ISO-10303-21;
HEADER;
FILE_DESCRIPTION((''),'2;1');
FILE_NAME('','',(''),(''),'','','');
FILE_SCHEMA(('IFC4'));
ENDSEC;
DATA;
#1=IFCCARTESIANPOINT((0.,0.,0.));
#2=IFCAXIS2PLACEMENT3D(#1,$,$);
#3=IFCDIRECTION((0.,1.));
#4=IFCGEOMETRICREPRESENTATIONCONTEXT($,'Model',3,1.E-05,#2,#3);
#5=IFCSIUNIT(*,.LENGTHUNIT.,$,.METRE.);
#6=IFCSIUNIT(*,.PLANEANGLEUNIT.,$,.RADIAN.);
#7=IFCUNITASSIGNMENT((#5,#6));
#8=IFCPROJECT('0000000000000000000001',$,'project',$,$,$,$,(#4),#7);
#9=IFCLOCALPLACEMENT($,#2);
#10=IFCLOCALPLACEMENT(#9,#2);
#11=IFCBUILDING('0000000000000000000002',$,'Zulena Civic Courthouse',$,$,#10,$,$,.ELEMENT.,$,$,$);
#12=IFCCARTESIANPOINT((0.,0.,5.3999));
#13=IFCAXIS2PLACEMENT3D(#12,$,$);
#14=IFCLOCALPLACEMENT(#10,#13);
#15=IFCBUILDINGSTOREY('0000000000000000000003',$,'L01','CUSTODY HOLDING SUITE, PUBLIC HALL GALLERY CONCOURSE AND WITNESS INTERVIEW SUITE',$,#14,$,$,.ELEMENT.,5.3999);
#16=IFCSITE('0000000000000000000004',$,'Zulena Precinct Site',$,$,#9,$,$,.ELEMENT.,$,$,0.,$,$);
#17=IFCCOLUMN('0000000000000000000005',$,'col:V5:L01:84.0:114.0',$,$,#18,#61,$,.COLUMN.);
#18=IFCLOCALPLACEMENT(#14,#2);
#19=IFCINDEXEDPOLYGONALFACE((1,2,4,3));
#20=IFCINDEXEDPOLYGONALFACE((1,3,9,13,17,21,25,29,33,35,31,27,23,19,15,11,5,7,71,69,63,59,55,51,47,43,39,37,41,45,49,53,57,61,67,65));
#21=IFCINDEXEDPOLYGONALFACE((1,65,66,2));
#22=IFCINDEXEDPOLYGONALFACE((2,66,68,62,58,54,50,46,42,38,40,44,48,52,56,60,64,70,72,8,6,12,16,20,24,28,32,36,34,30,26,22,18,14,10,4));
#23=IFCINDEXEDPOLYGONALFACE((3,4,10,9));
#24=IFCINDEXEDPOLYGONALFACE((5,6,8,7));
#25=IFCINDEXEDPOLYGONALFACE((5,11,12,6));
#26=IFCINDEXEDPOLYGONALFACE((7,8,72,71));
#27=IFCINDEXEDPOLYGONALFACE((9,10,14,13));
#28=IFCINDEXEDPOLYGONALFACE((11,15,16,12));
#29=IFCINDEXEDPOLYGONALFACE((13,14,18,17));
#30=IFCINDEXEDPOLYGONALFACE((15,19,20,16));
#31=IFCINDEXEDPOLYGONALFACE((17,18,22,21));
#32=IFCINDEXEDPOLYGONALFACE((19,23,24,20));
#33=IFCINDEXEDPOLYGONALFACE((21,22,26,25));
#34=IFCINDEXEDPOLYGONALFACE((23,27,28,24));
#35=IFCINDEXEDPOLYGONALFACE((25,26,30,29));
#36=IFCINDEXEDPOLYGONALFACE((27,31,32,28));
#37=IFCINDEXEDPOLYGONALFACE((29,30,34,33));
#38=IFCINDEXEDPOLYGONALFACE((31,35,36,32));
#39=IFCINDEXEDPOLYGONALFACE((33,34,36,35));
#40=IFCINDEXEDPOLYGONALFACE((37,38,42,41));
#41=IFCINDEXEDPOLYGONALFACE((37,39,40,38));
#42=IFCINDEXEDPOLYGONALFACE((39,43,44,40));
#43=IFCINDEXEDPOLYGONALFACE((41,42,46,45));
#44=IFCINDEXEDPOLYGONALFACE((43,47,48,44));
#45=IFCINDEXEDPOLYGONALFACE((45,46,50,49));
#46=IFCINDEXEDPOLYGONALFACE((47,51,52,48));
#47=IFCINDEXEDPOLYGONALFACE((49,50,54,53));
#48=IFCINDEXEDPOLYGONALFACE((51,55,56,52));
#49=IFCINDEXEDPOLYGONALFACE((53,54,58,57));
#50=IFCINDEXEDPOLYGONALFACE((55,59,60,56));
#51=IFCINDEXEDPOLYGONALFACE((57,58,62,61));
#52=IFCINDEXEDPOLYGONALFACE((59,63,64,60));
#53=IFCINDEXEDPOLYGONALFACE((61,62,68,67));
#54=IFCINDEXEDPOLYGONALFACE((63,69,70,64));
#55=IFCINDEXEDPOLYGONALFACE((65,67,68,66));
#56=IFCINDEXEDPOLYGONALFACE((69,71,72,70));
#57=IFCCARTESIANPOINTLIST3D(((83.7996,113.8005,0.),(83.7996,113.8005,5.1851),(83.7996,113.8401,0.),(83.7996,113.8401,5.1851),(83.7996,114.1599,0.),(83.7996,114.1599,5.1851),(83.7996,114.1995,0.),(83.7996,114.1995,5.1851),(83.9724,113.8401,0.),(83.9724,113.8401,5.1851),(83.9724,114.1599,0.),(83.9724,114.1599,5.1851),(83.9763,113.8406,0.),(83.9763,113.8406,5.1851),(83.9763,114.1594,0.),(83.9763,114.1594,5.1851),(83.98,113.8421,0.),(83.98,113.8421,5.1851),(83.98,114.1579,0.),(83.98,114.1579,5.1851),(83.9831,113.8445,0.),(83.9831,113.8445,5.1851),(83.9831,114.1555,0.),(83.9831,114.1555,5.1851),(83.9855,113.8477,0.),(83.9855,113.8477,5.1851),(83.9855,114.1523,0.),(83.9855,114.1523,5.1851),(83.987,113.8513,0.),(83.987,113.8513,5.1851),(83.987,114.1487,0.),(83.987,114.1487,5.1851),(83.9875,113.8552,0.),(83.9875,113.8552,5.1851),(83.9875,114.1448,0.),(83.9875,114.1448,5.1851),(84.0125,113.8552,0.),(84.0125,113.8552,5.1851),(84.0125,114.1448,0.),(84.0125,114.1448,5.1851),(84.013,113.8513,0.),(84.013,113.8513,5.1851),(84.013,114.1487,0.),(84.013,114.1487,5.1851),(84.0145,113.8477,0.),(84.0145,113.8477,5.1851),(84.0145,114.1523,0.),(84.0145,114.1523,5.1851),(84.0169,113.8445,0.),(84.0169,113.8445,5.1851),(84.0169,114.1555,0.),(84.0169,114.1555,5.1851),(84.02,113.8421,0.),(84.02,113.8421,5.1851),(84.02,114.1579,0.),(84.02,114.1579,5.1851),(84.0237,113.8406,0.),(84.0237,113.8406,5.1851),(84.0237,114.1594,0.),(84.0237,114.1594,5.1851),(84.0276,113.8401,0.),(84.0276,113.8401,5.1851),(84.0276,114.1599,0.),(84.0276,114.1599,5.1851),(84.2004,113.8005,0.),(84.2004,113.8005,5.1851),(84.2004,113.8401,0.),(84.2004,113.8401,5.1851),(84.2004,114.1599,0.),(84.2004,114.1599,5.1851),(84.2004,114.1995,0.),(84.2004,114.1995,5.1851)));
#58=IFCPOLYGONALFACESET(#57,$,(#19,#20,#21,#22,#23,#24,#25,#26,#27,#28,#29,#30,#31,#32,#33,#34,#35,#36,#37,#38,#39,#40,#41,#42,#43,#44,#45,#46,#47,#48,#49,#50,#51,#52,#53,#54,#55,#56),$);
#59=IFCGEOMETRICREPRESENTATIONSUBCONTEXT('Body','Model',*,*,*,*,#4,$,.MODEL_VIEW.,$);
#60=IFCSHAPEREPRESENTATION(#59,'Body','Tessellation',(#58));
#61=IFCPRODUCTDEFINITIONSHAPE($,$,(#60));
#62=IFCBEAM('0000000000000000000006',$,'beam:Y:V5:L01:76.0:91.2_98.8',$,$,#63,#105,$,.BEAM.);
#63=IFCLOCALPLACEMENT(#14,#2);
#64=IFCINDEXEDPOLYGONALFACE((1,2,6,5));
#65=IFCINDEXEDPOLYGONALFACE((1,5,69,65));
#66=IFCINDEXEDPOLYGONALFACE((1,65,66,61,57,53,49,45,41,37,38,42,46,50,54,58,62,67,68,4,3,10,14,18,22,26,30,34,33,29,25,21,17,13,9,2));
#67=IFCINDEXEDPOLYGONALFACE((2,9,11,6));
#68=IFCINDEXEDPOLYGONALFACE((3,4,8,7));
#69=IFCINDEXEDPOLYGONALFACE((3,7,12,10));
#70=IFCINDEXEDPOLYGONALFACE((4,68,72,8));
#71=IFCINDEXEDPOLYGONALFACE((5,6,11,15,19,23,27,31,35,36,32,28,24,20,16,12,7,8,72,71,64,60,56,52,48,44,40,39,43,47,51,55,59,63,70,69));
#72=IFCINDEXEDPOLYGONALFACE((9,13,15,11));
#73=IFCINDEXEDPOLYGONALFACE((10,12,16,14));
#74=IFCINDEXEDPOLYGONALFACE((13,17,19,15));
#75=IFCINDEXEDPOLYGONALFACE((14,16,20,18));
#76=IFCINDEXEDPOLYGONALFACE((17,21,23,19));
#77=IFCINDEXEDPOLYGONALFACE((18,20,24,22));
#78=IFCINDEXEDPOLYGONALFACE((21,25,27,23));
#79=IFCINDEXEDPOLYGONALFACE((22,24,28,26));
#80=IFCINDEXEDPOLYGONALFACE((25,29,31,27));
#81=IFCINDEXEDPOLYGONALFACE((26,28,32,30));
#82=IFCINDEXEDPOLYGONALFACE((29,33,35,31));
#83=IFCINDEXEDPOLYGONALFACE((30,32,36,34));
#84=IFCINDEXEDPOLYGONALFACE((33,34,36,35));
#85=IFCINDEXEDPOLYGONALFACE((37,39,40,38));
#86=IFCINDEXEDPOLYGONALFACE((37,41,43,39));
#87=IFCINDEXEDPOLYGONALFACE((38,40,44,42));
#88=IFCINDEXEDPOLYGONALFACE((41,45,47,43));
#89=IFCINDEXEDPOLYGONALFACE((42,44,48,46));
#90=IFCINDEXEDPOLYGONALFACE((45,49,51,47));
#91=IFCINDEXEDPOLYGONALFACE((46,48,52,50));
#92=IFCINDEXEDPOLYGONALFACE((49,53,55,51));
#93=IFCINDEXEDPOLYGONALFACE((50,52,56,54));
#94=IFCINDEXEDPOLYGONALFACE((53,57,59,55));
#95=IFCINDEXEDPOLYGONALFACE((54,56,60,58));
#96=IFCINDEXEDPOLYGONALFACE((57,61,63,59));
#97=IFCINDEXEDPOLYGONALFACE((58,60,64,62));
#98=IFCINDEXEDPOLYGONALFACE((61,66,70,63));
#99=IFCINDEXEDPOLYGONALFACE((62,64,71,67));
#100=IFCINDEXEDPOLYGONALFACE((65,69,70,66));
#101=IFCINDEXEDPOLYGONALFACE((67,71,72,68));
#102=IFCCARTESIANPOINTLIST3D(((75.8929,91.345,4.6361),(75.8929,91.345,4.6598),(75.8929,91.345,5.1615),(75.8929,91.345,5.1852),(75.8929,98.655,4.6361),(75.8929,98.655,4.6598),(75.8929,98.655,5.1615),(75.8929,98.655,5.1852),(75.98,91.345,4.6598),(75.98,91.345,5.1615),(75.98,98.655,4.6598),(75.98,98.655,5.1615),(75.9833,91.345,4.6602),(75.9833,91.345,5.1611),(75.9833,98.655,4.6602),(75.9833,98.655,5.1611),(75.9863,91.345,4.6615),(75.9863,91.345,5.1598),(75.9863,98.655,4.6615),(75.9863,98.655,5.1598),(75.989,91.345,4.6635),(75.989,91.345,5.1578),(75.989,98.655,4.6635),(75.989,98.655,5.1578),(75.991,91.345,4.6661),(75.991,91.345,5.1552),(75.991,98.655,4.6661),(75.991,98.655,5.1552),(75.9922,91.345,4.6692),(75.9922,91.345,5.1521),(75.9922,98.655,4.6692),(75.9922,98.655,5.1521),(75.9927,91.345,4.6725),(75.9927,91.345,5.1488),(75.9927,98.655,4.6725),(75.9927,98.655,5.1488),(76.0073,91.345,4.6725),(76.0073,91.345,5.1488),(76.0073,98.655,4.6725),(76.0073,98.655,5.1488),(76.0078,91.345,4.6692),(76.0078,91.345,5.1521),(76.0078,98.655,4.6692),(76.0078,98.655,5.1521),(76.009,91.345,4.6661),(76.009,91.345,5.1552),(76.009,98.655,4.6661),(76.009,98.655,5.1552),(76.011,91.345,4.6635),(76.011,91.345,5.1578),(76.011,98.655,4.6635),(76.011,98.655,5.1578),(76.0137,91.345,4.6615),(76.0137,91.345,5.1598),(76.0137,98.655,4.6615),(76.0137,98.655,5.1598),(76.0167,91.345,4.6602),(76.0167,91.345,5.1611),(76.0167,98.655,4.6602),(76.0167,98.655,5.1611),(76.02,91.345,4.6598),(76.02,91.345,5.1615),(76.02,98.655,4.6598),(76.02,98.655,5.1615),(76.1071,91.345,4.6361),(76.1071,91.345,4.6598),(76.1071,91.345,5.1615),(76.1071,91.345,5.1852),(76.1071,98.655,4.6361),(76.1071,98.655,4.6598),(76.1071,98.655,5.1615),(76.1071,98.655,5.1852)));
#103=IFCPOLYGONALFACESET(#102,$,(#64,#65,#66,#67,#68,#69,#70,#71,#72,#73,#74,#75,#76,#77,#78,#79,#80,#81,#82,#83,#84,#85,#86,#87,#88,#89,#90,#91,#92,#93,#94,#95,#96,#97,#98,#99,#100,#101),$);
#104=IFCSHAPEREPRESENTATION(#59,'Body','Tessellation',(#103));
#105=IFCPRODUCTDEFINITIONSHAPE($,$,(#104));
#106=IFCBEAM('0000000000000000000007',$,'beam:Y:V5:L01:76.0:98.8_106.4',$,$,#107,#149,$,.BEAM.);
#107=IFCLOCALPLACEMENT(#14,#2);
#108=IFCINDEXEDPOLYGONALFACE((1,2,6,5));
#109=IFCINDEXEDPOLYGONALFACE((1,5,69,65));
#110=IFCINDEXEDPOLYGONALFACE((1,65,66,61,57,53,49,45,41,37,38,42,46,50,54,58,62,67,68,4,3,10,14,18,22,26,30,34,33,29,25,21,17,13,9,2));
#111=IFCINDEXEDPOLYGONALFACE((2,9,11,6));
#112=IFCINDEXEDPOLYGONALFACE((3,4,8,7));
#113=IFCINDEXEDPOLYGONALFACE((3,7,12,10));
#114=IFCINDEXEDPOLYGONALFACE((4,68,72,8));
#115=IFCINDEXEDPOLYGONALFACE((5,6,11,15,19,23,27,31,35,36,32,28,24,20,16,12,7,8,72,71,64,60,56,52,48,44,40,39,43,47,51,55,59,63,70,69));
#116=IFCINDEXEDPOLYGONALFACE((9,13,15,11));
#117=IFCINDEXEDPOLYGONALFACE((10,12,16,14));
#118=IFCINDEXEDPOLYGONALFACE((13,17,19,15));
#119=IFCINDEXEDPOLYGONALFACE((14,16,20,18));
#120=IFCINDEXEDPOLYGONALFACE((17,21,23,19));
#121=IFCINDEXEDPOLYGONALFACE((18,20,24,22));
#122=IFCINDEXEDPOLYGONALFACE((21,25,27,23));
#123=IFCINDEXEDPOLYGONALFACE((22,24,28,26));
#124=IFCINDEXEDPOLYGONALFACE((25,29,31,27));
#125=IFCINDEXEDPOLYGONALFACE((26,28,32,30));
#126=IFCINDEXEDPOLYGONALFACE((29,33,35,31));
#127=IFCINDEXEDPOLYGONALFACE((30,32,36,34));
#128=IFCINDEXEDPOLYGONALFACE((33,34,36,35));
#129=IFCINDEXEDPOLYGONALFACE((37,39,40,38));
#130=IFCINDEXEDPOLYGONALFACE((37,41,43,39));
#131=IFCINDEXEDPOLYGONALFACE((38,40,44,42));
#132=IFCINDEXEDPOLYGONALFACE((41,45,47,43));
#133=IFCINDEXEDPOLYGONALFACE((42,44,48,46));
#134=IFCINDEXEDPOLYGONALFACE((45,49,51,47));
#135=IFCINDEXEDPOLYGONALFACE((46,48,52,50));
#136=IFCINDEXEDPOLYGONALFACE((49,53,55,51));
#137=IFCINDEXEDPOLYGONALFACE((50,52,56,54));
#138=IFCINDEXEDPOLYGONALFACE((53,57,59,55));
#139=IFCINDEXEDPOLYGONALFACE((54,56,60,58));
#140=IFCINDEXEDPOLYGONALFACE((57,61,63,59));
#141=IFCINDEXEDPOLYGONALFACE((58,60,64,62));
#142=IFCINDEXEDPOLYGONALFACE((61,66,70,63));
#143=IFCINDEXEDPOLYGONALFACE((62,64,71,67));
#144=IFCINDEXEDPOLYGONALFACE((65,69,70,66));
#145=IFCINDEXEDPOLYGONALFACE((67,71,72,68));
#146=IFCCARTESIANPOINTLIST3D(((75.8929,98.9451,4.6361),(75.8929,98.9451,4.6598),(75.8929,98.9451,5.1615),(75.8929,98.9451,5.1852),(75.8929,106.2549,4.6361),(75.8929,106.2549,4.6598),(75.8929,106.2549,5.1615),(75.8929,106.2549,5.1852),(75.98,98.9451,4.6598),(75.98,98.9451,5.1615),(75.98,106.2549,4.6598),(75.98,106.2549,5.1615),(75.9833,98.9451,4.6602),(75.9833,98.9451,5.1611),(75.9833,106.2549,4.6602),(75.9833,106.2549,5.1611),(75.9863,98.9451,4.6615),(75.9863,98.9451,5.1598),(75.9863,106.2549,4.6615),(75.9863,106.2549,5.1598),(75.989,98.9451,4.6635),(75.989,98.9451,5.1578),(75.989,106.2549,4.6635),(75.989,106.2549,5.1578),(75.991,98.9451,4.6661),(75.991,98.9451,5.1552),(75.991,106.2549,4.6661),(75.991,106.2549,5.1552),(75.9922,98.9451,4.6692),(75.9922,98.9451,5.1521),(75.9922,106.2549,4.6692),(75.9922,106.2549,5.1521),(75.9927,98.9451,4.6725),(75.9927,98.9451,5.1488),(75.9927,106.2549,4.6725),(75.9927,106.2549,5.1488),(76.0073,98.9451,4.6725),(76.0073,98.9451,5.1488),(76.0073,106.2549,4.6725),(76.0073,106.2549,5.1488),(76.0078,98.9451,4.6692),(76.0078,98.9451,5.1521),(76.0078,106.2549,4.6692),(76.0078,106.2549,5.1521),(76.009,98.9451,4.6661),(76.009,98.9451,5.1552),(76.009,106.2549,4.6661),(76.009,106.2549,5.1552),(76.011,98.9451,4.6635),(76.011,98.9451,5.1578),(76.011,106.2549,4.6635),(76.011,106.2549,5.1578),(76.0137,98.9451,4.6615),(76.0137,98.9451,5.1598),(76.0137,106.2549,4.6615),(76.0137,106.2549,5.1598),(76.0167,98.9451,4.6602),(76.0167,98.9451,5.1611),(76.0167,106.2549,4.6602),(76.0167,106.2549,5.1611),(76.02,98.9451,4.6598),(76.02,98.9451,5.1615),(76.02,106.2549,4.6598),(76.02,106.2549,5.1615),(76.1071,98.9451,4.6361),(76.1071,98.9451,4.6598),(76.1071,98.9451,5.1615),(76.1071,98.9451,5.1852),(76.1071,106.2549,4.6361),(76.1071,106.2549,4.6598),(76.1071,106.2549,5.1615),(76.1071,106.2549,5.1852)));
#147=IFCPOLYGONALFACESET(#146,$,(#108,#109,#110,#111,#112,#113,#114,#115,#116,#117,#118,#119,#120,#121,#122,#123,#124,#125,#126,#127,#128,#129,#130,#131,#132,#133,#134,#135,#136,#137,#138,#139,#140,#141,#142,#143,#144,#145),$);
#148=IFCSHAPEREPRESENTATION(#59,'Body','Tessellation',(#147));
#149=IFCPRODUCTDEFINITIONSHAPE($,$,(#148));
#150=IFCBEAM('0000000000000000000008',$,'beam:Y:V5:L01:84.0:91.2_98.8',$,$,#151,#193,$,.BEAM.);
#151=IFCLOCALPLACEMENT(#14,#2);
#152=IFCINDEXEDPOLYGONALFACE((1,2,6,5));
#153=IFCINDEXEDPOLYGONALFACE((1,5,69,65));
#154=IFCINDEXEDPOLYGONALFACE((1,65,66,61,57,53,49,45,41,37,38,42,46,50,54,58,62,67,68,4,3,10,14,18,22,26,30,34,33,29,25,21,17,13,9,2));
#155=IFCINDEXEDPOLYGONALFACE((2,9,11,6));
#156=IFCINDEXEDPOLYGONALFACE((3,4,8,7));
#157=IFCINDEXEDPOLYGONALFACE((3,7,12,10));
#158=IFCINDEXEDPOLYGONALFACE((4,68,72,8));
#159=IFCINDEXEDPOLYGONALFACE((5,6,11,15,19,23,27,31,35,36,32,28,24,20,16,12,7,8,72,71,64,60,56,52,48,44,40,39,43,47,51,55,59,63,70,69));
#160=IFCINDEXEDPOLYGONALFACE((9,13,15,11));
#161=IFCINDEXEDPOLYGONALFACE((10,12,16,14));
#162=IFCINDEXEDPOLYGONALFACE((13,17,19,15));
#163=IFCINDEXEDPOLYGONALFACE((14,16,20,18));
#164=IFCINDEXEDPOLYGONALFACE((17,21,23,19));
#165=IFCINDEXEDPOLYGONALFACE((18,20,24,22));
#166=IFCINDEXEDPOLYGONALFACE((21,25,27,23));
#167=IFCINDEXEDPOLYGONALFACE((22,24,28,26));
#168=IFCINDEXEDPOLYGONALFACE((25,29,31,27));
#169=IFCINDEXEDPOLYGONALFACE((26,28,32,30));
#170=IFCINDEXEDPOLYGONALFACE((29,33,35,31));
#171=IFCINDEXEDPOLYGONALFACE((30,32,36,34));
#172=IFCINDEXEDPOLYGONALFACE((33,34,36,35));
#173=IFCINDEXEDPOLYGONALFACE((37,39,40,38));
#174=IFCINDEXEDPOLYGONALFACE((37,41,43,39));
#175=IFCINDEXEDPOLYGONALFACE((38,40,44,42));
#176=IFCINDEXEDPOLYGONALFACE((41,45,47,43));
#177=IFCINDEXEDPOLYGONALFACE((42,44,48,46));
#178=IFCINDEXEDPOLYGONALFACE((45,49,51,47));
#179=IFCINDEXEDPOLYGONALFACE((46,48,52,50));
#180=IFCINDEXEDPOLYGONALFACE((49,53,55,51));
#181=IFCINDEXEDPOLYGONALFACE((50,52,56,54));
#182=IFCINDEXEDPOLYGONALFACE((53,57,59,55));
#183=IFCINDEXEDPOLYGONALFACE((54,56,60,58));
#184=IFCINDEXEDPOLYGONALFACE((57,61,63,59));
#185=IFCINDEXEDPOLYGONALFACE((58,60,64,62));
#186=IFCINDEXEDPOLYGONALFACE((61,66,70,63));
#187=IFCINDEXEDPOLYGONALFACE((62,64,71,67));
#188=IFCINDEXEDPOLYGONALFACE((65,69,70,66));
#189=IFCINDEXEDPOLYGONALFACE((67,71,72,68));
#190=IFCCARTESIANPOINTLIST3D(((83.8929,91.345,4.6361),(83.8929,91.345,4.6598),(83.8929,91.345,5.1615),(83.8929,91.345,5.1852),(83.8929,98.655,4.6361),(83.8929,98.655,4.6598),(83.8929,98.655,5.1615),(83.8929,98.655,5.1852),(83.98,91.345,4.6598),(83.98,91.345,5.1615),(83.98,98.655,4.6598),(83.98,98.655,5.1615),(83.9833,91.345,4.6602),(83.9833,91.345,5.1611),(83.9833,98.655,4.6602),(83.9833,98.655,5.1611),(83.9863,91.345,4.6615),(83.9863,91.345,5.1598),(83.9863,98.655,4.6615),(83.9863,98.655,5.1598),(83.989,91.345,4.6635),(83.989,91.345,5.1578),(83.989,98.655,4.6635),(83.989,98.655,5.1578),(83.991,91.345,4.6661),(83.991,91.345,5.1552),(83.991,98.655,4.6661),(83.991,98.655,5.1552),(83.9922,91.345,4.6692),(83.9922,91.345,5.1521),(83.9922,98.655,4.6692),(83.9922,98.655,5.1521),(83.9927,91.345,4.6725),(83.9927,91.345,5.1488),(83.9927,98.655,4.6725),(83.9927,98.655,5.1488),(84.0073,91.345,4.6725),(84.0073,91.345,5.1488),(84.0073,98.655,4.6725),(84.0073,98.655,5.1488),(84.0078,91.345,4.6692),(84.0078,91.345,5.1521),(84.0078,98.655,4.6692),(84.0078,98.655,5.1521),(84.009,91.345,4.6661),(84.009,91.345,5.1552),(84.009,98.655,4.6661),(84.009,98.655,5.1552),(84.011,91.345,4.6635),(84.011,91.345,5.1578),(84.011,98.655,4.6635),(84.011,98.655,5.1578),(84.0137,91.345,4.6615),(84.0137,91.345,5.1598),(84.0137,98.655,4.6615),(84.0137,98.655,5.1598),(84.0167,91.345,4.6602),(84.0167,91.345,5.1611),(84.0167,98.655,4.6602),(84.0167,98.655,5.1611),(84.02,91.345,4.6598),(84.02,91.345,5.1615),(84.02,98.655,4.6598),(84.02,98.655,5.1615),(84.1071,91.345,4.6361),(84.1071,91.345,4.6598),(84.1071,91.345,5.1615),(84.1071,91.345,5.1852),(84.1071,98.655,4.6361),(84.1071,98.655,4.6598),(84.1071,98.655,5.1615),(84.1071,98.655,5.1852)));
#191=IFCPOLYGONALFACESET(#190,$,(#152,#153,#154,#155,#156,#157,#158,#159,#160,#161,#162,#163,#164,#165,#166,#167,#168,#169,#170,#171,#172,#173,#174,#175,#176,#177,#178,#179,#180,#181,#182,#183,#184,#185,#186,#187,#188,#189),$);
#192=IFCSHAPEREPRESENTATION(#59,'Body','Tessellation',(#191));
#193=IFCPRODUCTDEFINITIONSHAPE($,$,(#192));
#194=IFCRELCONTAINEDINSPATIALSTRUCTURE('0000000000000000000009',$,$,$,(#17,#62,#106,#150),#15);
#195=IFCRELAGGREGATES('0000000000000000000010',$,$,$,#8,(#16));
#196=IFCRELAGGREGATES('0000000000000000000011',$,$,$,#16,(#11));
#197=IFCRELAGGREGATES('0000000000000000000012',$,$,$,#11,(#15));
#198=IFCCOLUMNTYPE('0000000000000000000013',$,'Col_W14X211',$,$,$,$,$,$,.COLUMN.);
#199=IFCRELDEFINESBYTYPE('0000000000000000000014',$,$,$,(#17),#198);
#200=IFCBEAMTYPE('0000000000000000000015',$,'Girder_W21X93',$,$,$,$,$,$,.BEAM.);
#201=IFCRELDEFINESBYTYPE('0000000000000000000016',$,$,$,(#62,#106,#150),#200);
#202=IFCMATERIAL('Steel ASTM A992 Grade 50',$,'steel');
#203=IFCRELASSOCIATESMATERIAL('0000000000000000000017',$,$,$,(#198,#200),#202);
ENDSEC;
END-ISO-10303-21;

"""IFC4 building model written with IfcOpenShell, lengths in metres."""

from ifc_helpers import new_model, si_unit, direction, frame, origin, origin_2d, place, context, subcontext, project, spatial, i_section, extrude, material, material_profile, profile_set, type_object, element, save


model = new_model("IFC4")

# Units and contexts
model_context = context("Model", 3, precision=1e-05, world=origin(), true_north=direction((0.0, 1.0)))
body_context = subcontext(model_context, "Body", "Model", "MODEL_VIEW")
ifc_project = project(units=[si_unit("LENGTHUNIT", "METRE"), si_unit("PLANEANGLEUNIT", "RADIAN")], contexts=[model_context])

# Site, building, storey
site_placement = place(None, origin())
site = spatial("IfcSite", under=ifc_project, at=site_placement, Name="Zulena Precinct Site", CompositionType="ELEMENT", RefElevation=0.0)
building_placement = place(site_placement, origin())
building = spatial("IfcBuilding", under=site, at=building_placement, Name="Zulena Civic Courthouse", CompositionType="ELEMENT")
storey_placement = place(building_placement, frame((0.0, 0.0, 5.3999)))
storey = spatial("IfcBuildingStorey", under=building, at=storey_placement, Name="L01", Description="CUSTODY HOLDING SUITE, PUBLIC HALL GALLERY CONCOURSE AND WITNESS INTERVIEW SUITE", CompositionType="ELEMENT", Elevation=5.3999)

# Column
ifc_material_1 = material(Name="Steel ASTM A992 Grade 50", Category="steel")
ifc_material_profile_1 = material_profile(ifc_material_1, i_section(OverallWidth=0.4009, OverallDepth=0.3989, WebThickness=0.0249, FlangeThickness=0.0396, FilletRadius=0.0151, at=origin_2d()), Name="W14X211")
ifc_profile_set_1 = profile_set([ifc_material_profile_1], Name="Steel ASTM A992 Grade 50")
column_type_1 = type_object("IfcColumnType", Name="Col_W14X211", PredefinedType="COLUMN", material=ifc_profile_set_1)
for number, where, z_axis, x_axis, name in (
    (1, (84.0, 114.0, 0.0), (0.0, 0.0, 1.0), (1.0, 0.0, 0.0), "col:V5:L01:84.0:114.0"),
):
    element("IfcColumn", number, at=place(storey_placement, frame(where, z_axis=z_axis, x_axis=x_axis)), inside=storey, type_object=column_type_1, Name=name, PredefinedType="COLUMN", context=body_context, shape_type="SweptSolid", body=[
        extrude(i_section(OverallWidth=0.4009, OverallDepth=0.3989, WebThickness=0.0249, FlangeThickness=0.0396, FilletRadius=0.0151, at=origin_2d()), origin(), (0.0, 0.0, 1.0), 5.1851),
    ])

# Beams
ifc_material_profile_2 = material_profile(ifc_material_1, i_section(OverallWidth=0.2141, OverallDepth=0.5491, WebThickness=0.0146, FlangeThickness=0.0237, FilletRadius=0.0127, at=origin_2d()), Name="W21X93")
ifc_profile_set_2 = profile_set([ifc_material_profile_2], Name="Steel ASTM A992 Grade 50")
beam_type_1 = type_object("IfcBeamType", Name="Girder_W21X93", PredefinedType="BEAM", material=ifc_profile_set_2)
beam_1_placement = place(storey_placement, frame((76.0, 91.345, 4.9106), z_axis=(0.0, 1.0, 0.0), x_axis=(-1.0, 0.0, 0.0)))
element("IfcBeam", 2, at=beam_1_placement, inside=storey, type_object=beam_type_1, Name="beam:Y:V5:L01:76.0:91.2_98.8", PredefinedType="BEAM", context=body_context, shape_type="SweptSolid", body=[
    extrude(i_section(OverallWidth=0.2141, OverallDepth=0.5491, WebThickness=0.0146, FlangeThickness=0.0237, FilletRadius=0.0127, at=origin_2d()), origin(), (0.0, 0.0, 1.0), 7.3101),
])
beam_2_placement = place(storey_placement, frame((76.0, 98.9451, 4.9106), z_axis=(0.0, 1.0, 0.0), x_axis=(-1.0, 0.0, 0.0)))
element("IfcBeam", 3, at=beam_2_placement, inside=storey, type_object=beam_type_1, Name="beam:Y:V5:L01:76.0:98.8_106.4", PredefinedType="BEAM", context=body_context, shape_type="SweptSolid", body=[
    extrude(i_section(OverallWidth=0.2141, OverallDepth=0.5491, WebThickness=0.0146, FlangeThickness=0.0237, FilletRadius=0.0127, at=origin_2d()), origin(), (0.0, 0.0, 1.0), 7.3098),
])
beam_3_placement = place(storey_placement, frame((84.0, 91.345, 4.9106), z_axis=(0.0, 1.0, 0.0), x_axis=(-1.0, 0.0, 0.0)))
element("IfcBeam", 4, at=beam_3_placement, inside=storey, type_object=beam_type_1, Name="beam:Y:V5:L01:84.0:91.2_98.8", PredefinedType="BEAM", context=body_context, shape_type="SweptSolid", body=[
    extrude(i_section(OverallWidth=0.2141, OverallDepth=0.5491, WebThickness=0.0146, FlangeThickness=0.0237, FilletRadius=0.0127, at=origin_2d()), origin(), (0.0, 0.0, 1.0), 7.3101),
])

save(model, "model.ifc")
